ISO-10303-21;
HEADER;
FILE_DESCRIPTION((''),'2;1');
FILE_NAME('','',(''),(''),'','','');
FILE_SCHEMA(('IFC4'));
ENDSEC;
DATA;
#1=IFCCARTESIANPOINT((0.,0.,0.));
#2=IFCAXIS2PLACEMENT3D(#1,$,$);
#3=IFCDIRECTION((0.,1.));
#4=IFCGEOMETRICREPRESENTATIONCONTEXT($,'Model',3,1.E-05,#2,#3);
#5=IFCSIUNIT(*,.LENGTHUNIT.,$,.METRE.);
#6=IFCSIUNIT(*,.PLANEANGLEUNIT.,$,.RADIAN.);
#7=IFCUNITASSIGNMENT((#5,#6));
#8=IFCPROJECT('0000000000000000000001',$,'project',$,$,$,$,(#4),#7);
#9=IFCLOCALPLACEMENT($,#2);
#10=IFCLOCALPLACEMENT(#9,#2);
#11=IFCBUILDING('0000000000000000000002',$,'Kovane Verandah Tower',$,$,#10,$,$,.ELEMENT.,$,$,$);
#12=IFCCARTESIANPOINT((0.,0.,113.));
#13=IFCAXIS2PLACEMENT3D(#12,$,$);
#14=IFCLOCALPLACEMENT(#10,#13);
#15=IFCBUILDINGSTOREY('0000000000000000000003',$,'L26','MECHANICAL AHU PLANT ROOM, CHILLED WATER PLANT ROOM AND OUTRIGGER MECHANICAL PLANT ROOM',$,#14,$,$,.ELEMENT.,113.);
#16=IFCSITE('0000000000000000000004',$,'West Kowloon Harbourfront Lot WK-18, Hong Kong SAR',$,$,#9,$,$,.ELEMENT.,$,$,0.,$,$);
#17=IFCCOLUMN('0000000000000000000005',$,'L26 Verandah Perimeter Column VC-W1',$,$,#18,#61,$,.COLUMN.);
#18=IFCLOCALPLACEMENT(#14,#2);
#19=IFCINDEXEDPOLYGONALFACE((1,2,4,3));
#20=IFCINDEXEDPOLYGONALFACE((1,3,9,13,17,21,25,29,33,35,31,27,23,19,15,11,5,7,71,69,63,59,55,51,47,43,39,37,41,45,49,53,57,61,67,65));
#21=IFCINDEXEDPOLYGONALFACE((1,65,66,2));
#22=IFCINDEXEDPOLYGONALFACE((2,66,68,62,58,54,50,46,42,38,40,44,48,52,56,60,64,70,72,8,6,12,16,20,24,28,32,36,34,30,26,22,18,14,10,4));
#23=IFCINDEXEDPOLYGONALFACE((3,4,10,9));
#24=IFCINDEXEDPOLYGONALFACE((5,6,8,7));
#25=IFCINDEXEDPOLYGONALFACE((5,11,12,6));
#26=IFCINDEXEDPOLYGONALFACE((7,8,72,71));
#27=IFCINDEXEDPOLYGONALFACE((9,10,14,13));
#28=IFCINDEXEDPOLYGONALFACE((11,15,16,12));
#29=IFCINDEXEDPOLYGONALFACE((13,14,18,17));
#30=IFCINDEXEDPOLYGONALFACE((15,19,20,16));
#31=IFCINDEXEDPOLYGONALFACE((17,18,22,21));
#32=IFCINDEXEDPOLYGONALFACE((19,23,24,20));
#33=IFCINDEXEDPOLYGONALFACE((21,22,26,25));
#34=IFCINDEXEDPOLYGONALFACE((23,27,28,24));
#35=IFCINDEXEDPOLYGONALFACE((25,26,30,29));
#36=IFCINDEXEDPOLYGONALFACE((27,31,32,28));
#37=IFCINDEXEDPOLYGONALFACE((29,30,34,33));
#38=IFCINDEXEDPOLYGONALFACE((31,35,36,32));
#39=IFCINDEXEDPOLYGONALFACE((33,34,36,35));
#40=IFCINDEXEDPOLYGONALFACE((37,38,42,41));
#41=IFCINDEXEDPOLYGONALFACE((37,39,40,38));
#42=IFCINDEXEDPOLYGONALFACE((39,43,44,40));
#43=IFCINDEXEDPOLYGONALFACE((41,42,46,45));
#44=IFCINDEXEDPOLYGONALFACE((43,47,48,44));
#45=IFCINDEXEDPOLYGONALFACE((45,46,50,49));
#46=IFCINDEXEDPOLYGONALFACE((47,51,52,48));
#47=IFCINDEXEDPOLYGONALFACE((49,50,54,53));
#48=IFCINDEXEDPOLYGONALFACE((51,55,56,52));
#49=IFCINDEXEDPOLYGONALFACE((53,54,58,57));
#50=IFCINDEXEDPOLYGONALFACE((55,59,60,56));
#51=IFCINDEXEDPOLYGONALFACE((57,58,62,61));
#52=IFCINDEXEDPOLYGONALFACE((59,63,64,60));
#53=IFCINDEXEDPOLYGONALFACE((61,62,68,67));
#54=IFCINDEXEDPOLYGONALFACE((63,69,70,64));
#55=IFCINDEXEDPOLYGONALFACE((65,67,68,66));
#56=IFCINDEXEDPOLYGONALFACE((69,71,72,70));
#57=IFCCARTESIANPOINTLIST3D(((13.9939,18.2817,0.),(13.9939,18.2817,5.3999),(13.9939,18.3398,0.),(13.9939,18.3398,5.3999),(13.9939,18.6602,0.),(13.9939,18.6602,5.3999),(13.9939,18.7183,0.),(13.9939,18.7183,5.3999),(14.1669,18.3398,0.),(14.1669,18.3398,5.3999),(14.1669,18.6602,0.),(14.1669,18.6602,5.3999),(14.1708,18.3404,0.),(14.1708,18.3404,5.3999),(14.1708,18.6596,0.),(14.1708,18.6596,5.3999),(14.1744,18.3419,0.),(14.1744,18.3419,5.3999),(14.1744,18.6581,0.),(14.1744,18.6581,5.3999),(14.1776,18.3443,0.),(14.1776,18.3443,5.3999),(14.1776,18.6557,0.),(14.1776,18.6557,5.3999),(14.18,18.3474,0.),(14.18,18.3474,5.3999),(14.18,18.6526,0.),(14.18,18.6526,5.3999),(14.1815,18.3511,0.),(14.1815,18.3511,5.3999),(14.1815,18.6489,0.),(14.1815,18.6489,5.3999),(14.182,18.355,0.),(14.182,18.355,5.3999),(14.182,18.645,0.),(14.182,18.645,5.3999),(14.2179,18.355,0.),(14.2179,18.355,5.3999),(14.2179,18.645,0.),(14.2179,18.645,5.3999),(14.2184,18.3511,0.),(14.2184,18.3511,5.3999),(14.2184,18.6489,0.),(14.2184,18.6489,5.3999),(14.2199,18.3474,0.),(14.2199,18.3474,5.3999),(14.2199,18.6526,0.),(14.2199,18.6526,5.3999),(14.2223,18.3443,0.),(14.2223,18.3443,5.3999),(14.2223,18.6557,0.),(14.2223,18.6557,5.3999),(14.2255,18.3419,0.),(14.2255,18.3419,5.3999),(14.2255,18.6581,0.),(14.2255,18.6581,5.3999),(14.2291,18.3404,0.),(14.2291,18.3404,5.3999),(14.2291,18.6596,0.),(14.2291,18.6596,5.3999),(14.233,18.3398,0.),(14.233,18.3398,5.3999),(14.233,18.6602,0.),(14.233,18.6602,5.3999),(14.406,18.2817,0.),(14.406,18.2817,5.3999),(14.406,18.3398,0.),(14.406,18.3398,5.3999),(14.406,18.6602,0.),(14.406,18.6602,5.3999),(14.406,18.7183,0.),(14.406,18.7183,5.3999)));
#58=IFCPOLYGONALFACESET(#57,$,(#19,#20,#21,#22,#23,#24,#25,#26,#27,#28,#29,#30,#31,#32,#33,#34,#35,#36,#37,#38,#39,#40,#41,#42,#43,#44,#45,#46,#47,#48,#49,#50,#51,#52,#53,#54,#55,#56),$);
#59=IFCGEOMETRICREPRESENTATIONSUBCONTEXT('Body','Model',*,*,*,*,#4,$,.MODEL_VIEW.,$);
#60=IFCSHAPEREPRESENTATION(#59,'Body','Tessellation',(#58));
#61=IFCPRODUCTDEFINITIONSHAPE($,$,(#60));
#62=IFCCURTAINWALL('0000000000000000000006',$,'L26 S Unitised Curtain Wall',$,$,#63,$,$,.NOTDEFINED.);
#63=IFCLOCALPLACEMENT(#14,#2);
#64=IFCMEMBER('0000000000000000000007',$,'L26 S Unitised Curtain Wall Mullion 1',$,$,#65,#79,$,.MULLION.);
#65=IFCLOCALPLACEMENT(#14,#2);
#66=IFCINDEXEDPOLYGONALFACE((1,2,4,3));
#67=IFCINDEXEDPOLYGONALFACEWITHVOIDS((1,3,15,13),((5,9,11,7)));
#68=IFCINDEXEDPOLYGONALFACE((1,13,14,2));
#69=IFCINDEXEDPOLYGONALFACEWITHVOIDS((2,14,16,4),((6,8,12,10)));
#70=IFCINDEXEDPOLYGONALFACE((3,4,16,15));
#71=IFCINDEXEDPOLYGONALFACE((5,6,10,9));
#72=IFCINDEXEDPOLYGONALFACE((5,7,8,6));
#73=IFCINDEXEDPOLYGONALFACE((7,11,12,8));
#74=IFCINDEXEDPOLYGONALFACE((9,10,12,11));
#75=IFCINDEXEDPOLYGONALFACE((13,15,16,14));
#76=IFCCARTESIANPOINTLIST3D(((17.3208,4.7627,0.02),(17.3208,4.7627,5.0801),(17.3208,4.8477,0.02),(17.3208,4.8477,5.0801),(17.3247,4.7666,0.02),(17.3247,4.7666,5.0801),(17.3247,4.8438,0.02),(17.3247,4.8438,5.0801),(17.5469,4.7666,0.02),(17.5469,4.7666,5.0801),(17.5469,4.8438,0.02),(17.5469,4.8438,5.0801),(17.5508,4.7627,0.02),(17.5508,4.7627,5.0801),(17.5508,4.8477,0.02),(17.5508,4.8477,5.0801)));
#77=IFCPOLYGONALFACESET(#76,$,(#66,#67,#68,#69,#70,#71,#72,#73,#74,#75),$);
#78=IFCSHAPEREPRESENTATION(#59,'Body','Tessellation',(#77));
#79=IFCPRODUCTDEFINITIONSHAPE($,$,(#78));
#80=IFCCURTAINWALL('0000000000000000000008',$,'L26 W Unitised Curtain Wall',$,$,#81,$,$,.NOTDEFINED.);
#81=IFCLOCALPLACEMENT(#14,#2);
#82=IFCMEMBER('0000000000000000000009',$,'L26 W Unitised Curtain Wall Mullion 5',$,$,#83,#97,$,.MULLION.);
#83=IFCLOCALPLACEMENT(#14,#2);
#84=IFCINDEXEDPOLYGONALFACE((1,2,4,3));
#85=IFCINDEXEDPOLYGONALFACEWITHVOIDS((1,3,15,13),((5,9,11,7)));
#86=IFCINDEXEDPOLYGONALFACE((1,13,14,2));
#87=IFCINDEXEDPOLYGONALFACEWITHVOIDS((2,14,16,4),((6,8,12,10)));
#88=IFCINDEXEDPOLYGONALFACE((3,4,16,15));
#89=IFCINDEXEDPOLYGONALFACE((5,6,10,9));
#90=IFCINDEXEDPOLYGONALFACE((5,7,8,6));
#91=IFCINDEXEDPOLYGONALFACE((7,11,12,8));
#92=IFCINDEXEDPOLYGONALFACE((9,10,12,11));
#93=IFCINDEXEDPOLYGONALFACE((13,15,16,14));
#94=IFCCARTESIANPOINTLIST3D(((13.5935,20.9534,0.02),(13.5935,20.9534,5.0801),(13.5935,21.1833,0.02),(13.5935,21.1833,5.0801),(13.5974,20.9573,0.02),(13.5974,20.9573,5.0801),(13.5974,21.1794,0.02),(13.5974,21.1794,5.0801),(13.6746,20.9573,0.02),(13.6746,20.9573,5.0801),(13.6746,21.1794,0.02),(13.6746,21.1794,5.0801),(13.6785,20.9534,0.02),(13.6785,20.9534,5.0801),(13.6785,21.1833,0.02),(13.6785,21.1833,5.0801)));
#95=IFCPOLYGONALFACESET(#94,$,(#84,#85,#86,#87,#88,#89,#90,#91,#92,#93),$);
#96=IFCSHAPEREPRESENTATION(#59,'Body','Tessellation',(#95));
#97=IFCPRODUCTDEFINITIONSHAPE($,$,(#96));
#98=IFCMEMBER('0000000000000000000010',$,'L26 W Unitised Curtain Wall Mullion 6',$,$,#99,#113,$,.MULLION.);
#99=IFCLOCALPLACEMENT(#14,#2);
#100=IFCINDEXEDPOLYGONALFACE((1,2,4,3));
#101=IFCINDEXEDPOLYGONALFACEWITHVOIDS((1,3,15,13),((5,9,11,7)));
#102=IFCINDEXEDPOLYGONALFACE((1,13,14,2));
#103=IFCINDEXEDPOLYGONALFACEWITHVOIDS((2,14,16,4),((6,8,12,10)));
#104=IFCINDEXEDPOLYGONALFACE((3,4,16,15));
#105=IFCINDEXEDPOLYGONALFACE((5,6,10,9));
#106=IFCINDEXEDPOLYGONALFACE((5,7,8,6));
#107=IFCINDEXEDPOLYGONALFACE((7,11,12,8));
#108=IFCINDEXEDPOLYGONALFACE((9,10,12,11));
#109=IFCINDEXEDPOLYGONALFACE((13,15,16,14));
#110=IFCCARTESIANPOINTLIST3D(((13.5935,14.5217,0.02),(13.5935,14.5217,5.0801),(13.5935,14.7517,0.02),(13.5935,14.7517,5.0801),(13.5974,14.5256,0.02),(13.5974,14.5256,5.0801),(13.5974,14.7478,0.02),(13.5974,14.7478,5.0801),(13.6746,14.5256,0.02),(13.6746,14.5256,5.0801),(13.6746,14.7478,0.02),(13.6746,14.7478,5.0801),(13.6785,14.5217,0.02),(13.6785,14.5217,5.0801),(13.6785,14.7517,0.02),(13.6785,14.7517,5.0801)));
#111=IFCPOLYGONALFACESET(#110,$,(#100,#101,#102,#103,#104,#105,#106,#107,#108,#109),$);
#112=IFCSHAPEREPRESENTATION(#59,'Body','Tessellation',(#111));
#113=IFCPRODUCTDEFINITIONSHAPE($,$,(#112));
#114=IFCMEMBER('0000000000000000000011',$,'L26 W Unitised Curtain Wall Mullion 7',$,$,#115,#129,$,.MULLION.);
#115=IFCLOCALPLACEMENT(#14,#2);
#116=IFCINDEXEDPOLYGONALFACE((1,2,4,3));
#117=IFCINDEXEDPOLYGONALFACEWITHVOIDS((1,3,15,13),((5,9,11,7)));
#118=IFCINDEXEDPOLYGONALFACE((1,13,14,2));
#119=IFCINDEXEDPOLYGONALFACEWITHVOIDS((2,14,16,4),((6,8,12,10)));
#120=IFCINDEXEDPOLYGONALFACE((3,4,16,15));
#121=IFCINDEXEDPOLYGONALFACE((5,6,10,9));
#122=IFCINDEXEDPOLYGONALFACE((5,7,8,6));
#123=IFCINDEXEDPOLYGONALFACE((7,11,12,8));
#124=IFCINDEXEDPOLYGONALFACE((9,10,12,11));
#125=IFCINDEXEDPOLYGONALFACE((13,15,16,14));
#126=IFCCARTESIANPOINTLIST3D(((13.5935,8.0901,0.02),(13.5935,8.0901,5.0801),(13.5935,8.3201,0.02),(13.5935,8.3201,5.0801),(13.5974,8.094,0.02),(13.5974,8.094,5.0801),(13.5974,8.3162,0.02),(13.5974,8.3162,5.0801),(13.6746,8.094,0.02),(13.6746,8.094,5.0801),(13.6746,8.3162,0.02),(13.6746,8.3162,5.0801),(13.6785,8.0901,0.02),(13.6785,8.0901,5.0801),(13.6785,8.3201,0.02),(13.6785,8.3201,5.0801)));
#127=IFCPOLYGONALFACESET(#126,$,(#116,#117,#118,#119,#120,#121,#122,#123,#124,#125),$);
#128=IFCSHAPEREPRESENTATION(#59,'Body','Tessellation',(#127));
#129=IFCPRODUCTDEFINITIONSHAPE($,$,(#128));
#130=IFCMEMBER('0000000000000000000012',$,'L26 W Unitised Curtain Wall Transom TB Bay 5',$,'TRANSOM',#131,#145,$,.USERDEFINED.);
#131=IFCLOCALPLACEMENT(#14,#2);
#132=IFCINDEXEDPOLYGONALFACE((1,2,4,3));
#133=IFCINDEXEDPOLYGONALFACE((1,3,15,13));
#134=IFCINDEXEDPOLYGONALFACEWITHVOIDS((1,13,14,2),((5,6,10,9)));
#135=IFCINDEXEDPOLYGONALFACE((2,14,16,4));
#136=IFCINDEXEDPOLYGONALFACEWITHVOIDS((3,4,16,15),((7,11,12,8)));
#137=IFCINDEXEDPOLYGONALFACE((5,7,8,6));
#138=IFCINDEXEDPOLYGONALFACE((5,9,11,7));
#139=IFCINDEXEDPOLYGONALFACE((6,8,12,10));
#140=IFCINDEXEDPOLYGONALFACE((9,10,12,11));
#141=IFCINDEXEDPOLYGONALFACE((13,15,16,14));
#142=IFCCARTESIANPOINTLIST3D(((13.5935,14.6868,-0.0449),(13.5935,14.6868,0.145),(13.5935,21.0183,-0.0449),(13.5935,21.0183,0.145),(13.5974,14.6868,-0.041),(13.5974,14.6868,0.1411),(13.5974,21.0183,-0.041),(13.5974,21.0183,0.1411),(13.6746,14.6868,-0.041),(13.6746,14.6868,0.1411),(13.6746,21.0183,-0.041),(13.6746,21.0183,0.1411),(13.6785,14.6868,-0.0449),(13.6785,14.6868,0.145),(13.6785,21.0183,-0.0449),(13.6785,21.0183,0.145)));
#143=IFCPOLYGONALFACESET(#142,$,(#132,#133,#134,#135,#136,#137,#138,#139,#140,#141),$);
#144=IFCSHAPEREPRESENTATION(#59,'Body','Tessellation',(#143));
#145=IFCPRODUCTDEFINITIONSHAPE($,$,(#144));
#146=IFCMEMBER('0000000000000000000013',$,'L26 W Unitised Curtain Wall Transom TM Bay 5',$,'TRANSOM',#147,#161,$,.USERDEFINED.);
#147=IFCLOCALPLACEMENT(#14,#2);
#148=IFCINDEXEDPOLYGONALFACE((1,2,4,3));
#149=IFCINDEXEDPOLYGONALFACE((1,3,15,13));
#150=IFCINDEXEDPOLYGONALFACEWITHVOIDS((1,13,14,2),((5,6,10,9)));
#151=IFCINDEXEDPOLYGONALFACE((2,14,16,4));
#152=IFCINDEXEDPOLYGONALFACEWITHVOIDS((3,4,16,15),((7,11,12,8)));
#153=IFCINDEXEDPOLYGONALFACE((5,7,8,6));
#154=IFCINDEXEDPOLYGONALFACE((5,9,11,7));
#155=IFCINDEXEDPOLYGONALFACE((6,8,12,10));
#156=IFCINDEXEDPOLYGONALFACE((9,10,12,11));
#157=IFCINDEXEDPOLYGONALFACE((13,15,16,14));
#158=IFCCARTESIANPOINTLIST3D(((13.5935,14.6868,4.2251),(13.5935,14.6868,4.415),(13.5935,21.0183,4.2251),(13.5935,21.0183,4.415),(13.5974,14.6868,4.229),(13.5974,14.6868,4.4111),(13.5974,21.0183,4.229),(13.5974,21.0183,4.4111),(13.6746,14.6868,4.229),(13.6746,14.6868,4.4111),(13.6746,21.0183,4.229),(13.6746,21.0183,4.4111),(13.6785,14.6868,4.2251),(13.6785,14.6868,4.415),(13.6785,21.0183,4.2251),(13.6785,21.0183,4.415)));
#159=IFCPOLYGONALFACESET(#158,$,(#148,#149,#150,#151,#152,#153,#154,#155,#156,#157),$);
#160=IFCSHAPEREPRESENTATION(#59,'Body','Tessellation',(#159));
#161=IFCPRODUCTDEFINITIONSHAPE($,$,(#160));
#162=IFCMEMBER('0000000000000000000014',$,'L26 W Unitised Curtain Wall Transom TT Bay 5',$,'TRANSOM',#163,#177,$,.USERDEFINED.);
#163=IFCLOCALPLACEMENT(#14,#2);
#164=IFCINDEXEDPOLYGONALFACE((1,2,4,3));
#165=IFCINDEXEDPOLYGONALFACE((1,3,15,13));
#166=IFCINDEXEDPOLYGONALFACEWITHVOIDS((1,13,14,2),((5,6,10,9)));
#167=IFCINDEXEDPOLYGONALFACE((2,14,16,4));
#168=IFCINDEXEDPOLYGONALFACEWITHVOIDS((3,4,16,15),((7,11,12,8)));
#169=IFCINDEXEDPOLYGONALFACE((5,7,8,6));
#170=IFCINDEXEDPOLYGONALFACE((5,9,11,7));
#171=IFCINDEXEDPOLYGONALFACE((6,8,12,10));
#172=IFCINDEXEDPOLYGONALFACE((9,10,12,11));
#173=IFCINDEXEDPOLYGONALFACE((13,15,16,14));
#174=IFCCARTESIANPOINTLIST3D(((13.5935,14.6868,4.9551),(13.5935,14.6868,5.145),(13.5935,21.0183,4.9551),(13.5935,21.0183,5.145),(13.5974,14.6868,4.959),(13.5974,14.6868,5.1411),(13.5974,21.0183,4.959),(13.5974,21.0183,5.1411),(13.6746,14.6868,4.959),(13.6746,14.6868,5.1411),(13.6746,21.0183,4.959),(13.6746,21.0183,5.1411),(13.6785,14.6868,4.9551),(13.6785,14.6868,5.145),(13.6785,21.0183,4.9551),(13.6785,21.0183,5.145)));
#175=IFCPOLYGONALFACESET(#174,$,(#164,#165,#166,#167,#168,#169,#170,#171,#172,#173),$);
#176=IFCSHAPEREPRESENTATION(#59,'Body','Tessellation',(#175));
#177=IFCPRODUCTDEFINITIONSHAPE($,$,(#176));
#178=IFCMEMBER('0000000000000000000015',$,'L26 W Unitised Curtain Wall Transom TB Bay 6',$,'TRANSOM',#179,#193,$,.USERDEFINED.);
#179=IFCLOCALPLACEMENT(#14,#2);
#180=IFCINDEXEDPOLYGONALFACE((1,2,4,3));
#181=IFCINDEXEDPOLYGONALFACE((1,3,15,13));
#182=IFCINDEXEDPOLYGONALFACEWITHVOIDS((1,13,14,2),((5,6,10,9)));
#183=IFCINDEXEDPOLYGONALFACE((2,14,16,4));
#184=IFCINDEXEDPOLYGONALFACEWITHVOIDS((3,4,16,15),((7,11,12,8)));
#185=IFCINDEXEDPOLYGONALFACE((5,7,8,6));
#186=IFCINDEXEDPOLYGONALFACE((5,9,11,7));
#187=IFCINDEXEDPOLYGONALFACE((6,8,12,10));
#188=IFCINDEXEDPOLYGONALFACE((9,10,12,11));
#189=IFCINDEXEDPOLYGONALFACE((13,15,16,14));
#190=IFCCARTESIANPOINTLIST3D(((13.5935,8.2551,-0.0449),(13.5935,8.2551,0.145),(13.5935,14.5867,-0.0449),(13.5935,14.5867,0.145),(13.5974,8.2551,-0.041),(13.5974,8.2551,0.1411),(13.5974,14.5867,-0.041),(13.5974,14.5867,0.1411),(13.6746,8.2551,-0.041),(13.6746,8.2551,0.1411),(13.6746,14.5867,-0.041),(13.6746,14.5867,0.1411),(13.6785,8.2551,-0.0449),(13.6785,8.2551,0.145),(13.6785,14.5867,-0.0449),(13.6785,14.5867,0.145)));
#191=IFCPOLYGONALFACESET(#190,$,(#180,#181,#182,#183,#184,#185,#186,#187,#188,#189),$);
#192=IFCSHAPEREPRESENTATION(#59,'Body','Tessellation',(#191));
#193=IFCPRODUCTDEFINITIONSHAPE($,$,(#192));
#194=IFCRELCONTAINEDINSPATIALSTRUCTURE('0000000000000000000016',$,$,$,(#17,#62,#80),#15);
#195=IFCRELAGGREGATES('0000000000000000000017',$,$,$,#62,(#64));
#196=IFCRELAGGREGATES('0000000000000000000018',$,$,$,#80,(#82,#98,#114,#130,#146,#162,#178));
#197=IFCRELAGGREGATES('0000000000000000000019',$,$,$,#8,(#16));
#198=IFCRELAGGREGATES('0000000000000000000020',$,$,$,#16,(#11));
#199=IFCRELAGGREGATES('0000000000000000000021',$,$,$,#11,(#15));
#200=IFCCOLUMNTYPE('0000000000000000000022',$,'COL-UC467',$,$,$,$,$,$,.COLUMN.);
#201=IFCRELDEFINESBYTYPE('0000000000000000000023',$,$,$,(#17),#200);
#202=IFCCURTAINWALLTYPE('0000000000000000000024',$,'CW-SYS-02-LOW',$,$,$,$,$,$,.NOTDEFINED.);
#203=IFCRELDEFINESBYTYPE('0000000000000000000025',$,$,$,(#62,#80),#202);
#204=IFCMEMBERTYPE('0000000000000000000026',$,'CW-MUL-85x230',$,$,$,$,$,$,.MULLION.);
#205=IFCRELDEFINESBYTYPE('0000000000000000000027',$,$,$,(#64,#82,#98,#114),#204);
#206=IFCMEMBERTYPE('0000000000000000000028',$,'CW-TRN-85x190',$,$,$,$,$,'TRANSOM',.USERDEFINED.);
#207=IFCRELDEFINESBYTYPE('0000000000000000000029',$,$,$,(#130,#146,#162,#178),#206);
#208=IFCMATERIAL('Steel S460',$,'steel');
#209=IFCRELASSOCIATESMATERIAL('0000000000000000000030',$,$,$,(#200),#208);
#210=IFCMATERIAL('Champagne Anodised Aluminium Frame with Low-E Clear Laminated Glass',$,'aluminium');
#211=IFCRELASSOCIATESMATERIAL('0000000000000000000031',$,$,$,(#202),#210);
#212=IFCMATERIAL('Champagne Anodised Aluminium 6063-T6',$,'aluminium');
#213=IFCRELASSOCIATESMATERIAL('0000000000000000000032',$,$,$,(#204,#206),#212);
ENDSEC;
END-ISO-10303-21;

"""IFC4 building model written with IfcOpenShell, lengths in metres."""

from ifc_helpers import new_model, si_unit, direction, frame, origin, origin_2d, place, context, subcontext, project, spatial, hollow_rectangle, i_section, extrude, material, material_profile, profile_set, type_object, element, aggregate, save


model = new_model("IFC4")

# Units and contexts
model_context = context("Model", 3, precision=1e-05, world=origin(), true_north=direction((0.0, 1.0)))
body_context = subcontext(model_context, "Body", "Model", "MODEL_VIEW")
ifc_project = project(units=[si_unit("LENGTHUNIT", "METRE"), si_unit("PLANEANGLEUNIT", "RADIAN")], contexts=[model_context])

# Site, building, storey
site_placement = place(None, origin())
site = spatial("IfcSite", under=ifc_project, at=site_placement, Name="West Kowloon Harbourfront Lot WK-18, Hong Kong SAR", CompositionType="ELEMENT", RefElevation=0.0)
building_placement = place(site_placement, origin())
building = spatial("IfcBuilding", under=site, at=building_placement, Name="Kovane Verandah Tower", CompositionType="ELEMENT")
storey_placement = place(building_placement, frame((0.0, 0.0, 113.0)))
storey = spatial("IfcBuildingStorey", under=building, at=storey_placement, Name="L26", Description="MECHANICAL AHU PLANT ROOM, CHILLED WATER PLANT ROOM AND OUTRIGGER MECHANICAL PLANT ROOM", CompositionType="ELEMENT", Elevation=113.0)

# Column
ifc_material_1 = material(Name="Steel S460", Category="steel")
ifc_material_profile_1 = material_profile(ifc_material_1, i_section(OverallWidth=0.4121, OverallDepth=0.4365, WebThickness=0.0359, FlangeThickness=0.0581, FilletRadius=0.0151, at=origin_2d()), Name="UC356x406x467")
ifc_profile_set_1 = profile_set([ifc_material_profile_1], Name="Steel S460")
column_type = type_object("IfcColumnType", Name="COL-UC467", PredefinedType="COLUMN", material=ifc_profile_set_1)
column_placement = place(storey_placement, frame((14.2, 18.5, 0.0), z_axis=(0.0, 0.0, 1.0), x_axis=(1.0, 0.0, 0.0)))
element("IfcColumn", 1, at=column_placement, inside=storey, type_object=column_type, Name="L26 Verandah Perimeter Column VC-W1", PredefinedType="COLUMN", context=body_context, shape_type="SweptSolid", body=[
    extrude(i_section(OverallWidth=0.4121, OverallDepth=0.4365, WebThickness=0.0359, FlangeThickness=0.0581, FilletRadius=0.0151, at=origin_2d()), origin(), (0.0, 0.0, 1.0), 5.3999),
])

# Curtain wall, member
ifc_material_2 = material(Name="Champagne Anodised Aluminium Frame with Low-E Clear Laminated Glass", Category="aluminium")
curtain_wall_type = type_object("IfcCurtainWallType", Name="CW-SYS-02-LOW", PredefinedType="NOTDEFINED", material=ifc_material_2)
curtain_wall_1_placement = place(storey_placement, origin())
curtain_wall_1 = element("IfcCurtainWall", 2, at=curtain_wall_1_placement, inside=storey, type_object=curtain_wall_type, Name="L26 S Unitised Curtain Wall", PredefinedType="NOTDEFINED")
ifc_material_3 = material(Name="Champagne Anodised Aluminium 6063-T6", Category="aluminium")
ifc_material_profile_2 = material_profile(ifc_material_3, hollow_rectangle(XDim=0.085, YDim=0.23, WallThickness=0.0039, at=origin_2d()), Name="AL85x230x4")
ifc_profile_set_2 = profile_set([ifc_material_profile_2], Name="Champagne Anodised Aluminium 6063-T6")
member_type_1 = type_object("IfcMemberType", Name="CW-MUL-85x230", PredefinedType="MULLION", material=ifc_profile_set_2)
member_1_placement = place(storey_placement, frame((17.4358, 4.8052, 0.02), z_axis=(0.0, 0.0, 1.0), x_axis=(0.0, -1.0, 0.0)))
member_1 = element("IfcMember", 3, at=member_1_placement, type_object=member_type_1, Name="L26 S Unitised Curtain Wall Mullion 1", PredefinedType="MULLION", context=body_context, shape_type="SweptSolid", body=[
    extrude(hollow_rectangle(XDim=0.085, YDim=0.23, WallThickness=0.0039, at=origin_2d()), origin(), (0.0, 0.0, 1.0), 5.0601),
])
aggregate(curtain_wall_1, [member_1])

# Curtain wall, members
curtain_wall_2_placement = place(storey_placement, origin())
curtain_wall_2 = element("IfcCurtainWall", 4, at=curtain_wall_2_placement, inside=storey, type_object=curtain_wall_type, Name="L26 W Unitised Curtain Wall", PredefinedType="NOTDEFINED")
member_2_placement = place(storey_placement, frame((13.636, 21.0684, 0.02), z_axis=(0.0, 0.0, 1.0), x_axis=(-1.0, 0.0, 0.0)))
member_2 = element("IfcMember", 5, at=member_2_placement, type_object=member_type_1, Name="L26 W Unitised Curtain Wall Mullion 5", PredefinedType="MULLION", context=body_context, shape_type="SweptSolid", body=[
    extrude(hollow_rectangle(XDim=0.085, YDim=0.23, WallThickness=0.0039, at=origin_2d()), origin(), (0.0, 0.0, 1.0), 5.0601),
])
member_3_placement = place(storey_placement, frame((13.636, 14.6367, 0.02), z_axis=(0.0, 0.0, 1.0), x_axis=(-1.0, 0.0, 0.0)))
member_3 = element("IfcMember", 6, at=member_3_placement, type_object=member_type_1, Name="L26 W Unitised Curtain Wall Mullion 6", PredefinedType="MULLION", context=body_context, shape_type="SweptSolid", body=[
    extrude(hollow_rectangle(XDim=0.085, YDim=0.23, WallThickness=0.0039, at=origin_2d()), origin(), (0.0, 0.0, 1.0), 5.0601),
])
member_4_placement = place(storey_placement, frame((13.636, 8.2051, 0.02), z_axis=(0.0, 0.0, 1.0), x_axis=(-1.0, 0.0, 0.0)))
member_4 = element("IfcMember", 7, at=member_4_placement, type_object=member_type_1, Name="L26 W Unitised Curtain Wall Mullion 7", PredefinedType="MULLION", context=body_context, shape_type="SweptSolid", body=[
    extrude(hollow_rectangle(XDim=0.085, YDim=0.23, WallThickness=0.0039, at=origin_2d()), origin(), (0.0, 0.0, 1.0), 5.0601),
])
ifc_material_profile_3 = material_profile(ifc_material_3, hollow_rectangle(XDim=0.085, YDim=0.1899, WallThickness=0.0039, at=origin_2d()), Name="AL85x190x4")
ifc_profile_set_3 = profile_set([ifc_material_profile_3], Name="Champagne Anodised Aluminium 6063-T6")
member_type_2 = type_object("IfcMemberType", Name="CW-TRN-85x190", ElementType="TRANSOM", PredefinedType="USERDEFINED", material=ifc_profile_set_3)
member_5_placement = place(storey_placement, frame((13.636, 21.0183, 0.05), z_axis=(0.0, -1.0, 0.0), x_axis=(1.0, 0.0, 0.0)))
member_5 = element("IfcMember", 8, at=member_5_placement, type_object=member_type_2, Name="L26 W Unitised Curtain Wall Transom TB Bay 5", ObjectType="TRANSOM", PredefinedType="USERDEFINED", context=body_context, shape_type="SweptSolid", body=[
    extrude(hollow_rectangle(XDim=0.085, YDim=0.1899, WallThickness=0.0039, at=origin_2d()), origin(), (0.0, 0.0, 1.0), 6.3315),
])
member_6_placement = place(storey_placement, frame((13.636, 21.0183, 4.3201), z_axis=(0.0, -1.0, 0.0), x_axis=(1.0, 0.0, 0.0)))
member_6 = element("IfcMember", 9, at=member_6_placement, type_object=member_type_2, Name="L26 W Unitised Curtain Wall Transom TM Bay 5", ObjectType="TRANSOM", PredefinedType="USERDEFINED", context=body_context, shape_type="SweptSolid", body=[
    extrude(hollow_rectangle(XDim=0.085, YDim=0.1899, WallThickness=0.0039, at=origin_2d()), origin(), (0.0, 0.0, 1.0), 6.3315),
])
member_7_placement = place(storey_placement, frame((13.636, 21.0183, 5.05), z_axis=(0.0, -1.0, 0.0), x_axis=(1.0, 0.0, 0.0)))
member_7 = element("IfcMember", 10, at=member_7_placement, type_object=member_type_2, Name="L26 W Unitised Curtain Wall Transom TT Bay 5", ObjectType="TRANSOM", PredefinedType="USERDEFINED", context=body_context, shape_type="SweptSolid", body=[
    extrude(hollow_rectangle(XDim=0.085, YDim=0.1899, WallThickness=0.0039, at=origin_2d()), origin(), (0.0, 0.0, 1.0), 6.3315),
])
member_8_placement = place(storey_placement, frame((13.636, 14.5867, 0.05), z_axis=(0.0, -1.0, 0.0), x_axis=(1.0, 0.0, 0.0)))
member_8 = element("IfcMember", 11, at=member_8_placement, type_object=member_type_2, Name="L26 W Unitised Curtain Wall Transom TB Bay 6", ObjectType="TRANSOM", PredefinedType="USERDEFINED", context=body_context, shape_type="SweptSolid", body=[
    extrude(hollow_rectangle(XDim=0.085, YDim=0.1899, WallThickness=0.0039, at=origin_2d()), origin(), (0.0, 0.0, 1.0), 6.3315),
])

aggregate(curtain_wall_2, [member_2, member_3, member_4, member_5, member_6, member_7, member_8])

save(model, "model.ifc")
